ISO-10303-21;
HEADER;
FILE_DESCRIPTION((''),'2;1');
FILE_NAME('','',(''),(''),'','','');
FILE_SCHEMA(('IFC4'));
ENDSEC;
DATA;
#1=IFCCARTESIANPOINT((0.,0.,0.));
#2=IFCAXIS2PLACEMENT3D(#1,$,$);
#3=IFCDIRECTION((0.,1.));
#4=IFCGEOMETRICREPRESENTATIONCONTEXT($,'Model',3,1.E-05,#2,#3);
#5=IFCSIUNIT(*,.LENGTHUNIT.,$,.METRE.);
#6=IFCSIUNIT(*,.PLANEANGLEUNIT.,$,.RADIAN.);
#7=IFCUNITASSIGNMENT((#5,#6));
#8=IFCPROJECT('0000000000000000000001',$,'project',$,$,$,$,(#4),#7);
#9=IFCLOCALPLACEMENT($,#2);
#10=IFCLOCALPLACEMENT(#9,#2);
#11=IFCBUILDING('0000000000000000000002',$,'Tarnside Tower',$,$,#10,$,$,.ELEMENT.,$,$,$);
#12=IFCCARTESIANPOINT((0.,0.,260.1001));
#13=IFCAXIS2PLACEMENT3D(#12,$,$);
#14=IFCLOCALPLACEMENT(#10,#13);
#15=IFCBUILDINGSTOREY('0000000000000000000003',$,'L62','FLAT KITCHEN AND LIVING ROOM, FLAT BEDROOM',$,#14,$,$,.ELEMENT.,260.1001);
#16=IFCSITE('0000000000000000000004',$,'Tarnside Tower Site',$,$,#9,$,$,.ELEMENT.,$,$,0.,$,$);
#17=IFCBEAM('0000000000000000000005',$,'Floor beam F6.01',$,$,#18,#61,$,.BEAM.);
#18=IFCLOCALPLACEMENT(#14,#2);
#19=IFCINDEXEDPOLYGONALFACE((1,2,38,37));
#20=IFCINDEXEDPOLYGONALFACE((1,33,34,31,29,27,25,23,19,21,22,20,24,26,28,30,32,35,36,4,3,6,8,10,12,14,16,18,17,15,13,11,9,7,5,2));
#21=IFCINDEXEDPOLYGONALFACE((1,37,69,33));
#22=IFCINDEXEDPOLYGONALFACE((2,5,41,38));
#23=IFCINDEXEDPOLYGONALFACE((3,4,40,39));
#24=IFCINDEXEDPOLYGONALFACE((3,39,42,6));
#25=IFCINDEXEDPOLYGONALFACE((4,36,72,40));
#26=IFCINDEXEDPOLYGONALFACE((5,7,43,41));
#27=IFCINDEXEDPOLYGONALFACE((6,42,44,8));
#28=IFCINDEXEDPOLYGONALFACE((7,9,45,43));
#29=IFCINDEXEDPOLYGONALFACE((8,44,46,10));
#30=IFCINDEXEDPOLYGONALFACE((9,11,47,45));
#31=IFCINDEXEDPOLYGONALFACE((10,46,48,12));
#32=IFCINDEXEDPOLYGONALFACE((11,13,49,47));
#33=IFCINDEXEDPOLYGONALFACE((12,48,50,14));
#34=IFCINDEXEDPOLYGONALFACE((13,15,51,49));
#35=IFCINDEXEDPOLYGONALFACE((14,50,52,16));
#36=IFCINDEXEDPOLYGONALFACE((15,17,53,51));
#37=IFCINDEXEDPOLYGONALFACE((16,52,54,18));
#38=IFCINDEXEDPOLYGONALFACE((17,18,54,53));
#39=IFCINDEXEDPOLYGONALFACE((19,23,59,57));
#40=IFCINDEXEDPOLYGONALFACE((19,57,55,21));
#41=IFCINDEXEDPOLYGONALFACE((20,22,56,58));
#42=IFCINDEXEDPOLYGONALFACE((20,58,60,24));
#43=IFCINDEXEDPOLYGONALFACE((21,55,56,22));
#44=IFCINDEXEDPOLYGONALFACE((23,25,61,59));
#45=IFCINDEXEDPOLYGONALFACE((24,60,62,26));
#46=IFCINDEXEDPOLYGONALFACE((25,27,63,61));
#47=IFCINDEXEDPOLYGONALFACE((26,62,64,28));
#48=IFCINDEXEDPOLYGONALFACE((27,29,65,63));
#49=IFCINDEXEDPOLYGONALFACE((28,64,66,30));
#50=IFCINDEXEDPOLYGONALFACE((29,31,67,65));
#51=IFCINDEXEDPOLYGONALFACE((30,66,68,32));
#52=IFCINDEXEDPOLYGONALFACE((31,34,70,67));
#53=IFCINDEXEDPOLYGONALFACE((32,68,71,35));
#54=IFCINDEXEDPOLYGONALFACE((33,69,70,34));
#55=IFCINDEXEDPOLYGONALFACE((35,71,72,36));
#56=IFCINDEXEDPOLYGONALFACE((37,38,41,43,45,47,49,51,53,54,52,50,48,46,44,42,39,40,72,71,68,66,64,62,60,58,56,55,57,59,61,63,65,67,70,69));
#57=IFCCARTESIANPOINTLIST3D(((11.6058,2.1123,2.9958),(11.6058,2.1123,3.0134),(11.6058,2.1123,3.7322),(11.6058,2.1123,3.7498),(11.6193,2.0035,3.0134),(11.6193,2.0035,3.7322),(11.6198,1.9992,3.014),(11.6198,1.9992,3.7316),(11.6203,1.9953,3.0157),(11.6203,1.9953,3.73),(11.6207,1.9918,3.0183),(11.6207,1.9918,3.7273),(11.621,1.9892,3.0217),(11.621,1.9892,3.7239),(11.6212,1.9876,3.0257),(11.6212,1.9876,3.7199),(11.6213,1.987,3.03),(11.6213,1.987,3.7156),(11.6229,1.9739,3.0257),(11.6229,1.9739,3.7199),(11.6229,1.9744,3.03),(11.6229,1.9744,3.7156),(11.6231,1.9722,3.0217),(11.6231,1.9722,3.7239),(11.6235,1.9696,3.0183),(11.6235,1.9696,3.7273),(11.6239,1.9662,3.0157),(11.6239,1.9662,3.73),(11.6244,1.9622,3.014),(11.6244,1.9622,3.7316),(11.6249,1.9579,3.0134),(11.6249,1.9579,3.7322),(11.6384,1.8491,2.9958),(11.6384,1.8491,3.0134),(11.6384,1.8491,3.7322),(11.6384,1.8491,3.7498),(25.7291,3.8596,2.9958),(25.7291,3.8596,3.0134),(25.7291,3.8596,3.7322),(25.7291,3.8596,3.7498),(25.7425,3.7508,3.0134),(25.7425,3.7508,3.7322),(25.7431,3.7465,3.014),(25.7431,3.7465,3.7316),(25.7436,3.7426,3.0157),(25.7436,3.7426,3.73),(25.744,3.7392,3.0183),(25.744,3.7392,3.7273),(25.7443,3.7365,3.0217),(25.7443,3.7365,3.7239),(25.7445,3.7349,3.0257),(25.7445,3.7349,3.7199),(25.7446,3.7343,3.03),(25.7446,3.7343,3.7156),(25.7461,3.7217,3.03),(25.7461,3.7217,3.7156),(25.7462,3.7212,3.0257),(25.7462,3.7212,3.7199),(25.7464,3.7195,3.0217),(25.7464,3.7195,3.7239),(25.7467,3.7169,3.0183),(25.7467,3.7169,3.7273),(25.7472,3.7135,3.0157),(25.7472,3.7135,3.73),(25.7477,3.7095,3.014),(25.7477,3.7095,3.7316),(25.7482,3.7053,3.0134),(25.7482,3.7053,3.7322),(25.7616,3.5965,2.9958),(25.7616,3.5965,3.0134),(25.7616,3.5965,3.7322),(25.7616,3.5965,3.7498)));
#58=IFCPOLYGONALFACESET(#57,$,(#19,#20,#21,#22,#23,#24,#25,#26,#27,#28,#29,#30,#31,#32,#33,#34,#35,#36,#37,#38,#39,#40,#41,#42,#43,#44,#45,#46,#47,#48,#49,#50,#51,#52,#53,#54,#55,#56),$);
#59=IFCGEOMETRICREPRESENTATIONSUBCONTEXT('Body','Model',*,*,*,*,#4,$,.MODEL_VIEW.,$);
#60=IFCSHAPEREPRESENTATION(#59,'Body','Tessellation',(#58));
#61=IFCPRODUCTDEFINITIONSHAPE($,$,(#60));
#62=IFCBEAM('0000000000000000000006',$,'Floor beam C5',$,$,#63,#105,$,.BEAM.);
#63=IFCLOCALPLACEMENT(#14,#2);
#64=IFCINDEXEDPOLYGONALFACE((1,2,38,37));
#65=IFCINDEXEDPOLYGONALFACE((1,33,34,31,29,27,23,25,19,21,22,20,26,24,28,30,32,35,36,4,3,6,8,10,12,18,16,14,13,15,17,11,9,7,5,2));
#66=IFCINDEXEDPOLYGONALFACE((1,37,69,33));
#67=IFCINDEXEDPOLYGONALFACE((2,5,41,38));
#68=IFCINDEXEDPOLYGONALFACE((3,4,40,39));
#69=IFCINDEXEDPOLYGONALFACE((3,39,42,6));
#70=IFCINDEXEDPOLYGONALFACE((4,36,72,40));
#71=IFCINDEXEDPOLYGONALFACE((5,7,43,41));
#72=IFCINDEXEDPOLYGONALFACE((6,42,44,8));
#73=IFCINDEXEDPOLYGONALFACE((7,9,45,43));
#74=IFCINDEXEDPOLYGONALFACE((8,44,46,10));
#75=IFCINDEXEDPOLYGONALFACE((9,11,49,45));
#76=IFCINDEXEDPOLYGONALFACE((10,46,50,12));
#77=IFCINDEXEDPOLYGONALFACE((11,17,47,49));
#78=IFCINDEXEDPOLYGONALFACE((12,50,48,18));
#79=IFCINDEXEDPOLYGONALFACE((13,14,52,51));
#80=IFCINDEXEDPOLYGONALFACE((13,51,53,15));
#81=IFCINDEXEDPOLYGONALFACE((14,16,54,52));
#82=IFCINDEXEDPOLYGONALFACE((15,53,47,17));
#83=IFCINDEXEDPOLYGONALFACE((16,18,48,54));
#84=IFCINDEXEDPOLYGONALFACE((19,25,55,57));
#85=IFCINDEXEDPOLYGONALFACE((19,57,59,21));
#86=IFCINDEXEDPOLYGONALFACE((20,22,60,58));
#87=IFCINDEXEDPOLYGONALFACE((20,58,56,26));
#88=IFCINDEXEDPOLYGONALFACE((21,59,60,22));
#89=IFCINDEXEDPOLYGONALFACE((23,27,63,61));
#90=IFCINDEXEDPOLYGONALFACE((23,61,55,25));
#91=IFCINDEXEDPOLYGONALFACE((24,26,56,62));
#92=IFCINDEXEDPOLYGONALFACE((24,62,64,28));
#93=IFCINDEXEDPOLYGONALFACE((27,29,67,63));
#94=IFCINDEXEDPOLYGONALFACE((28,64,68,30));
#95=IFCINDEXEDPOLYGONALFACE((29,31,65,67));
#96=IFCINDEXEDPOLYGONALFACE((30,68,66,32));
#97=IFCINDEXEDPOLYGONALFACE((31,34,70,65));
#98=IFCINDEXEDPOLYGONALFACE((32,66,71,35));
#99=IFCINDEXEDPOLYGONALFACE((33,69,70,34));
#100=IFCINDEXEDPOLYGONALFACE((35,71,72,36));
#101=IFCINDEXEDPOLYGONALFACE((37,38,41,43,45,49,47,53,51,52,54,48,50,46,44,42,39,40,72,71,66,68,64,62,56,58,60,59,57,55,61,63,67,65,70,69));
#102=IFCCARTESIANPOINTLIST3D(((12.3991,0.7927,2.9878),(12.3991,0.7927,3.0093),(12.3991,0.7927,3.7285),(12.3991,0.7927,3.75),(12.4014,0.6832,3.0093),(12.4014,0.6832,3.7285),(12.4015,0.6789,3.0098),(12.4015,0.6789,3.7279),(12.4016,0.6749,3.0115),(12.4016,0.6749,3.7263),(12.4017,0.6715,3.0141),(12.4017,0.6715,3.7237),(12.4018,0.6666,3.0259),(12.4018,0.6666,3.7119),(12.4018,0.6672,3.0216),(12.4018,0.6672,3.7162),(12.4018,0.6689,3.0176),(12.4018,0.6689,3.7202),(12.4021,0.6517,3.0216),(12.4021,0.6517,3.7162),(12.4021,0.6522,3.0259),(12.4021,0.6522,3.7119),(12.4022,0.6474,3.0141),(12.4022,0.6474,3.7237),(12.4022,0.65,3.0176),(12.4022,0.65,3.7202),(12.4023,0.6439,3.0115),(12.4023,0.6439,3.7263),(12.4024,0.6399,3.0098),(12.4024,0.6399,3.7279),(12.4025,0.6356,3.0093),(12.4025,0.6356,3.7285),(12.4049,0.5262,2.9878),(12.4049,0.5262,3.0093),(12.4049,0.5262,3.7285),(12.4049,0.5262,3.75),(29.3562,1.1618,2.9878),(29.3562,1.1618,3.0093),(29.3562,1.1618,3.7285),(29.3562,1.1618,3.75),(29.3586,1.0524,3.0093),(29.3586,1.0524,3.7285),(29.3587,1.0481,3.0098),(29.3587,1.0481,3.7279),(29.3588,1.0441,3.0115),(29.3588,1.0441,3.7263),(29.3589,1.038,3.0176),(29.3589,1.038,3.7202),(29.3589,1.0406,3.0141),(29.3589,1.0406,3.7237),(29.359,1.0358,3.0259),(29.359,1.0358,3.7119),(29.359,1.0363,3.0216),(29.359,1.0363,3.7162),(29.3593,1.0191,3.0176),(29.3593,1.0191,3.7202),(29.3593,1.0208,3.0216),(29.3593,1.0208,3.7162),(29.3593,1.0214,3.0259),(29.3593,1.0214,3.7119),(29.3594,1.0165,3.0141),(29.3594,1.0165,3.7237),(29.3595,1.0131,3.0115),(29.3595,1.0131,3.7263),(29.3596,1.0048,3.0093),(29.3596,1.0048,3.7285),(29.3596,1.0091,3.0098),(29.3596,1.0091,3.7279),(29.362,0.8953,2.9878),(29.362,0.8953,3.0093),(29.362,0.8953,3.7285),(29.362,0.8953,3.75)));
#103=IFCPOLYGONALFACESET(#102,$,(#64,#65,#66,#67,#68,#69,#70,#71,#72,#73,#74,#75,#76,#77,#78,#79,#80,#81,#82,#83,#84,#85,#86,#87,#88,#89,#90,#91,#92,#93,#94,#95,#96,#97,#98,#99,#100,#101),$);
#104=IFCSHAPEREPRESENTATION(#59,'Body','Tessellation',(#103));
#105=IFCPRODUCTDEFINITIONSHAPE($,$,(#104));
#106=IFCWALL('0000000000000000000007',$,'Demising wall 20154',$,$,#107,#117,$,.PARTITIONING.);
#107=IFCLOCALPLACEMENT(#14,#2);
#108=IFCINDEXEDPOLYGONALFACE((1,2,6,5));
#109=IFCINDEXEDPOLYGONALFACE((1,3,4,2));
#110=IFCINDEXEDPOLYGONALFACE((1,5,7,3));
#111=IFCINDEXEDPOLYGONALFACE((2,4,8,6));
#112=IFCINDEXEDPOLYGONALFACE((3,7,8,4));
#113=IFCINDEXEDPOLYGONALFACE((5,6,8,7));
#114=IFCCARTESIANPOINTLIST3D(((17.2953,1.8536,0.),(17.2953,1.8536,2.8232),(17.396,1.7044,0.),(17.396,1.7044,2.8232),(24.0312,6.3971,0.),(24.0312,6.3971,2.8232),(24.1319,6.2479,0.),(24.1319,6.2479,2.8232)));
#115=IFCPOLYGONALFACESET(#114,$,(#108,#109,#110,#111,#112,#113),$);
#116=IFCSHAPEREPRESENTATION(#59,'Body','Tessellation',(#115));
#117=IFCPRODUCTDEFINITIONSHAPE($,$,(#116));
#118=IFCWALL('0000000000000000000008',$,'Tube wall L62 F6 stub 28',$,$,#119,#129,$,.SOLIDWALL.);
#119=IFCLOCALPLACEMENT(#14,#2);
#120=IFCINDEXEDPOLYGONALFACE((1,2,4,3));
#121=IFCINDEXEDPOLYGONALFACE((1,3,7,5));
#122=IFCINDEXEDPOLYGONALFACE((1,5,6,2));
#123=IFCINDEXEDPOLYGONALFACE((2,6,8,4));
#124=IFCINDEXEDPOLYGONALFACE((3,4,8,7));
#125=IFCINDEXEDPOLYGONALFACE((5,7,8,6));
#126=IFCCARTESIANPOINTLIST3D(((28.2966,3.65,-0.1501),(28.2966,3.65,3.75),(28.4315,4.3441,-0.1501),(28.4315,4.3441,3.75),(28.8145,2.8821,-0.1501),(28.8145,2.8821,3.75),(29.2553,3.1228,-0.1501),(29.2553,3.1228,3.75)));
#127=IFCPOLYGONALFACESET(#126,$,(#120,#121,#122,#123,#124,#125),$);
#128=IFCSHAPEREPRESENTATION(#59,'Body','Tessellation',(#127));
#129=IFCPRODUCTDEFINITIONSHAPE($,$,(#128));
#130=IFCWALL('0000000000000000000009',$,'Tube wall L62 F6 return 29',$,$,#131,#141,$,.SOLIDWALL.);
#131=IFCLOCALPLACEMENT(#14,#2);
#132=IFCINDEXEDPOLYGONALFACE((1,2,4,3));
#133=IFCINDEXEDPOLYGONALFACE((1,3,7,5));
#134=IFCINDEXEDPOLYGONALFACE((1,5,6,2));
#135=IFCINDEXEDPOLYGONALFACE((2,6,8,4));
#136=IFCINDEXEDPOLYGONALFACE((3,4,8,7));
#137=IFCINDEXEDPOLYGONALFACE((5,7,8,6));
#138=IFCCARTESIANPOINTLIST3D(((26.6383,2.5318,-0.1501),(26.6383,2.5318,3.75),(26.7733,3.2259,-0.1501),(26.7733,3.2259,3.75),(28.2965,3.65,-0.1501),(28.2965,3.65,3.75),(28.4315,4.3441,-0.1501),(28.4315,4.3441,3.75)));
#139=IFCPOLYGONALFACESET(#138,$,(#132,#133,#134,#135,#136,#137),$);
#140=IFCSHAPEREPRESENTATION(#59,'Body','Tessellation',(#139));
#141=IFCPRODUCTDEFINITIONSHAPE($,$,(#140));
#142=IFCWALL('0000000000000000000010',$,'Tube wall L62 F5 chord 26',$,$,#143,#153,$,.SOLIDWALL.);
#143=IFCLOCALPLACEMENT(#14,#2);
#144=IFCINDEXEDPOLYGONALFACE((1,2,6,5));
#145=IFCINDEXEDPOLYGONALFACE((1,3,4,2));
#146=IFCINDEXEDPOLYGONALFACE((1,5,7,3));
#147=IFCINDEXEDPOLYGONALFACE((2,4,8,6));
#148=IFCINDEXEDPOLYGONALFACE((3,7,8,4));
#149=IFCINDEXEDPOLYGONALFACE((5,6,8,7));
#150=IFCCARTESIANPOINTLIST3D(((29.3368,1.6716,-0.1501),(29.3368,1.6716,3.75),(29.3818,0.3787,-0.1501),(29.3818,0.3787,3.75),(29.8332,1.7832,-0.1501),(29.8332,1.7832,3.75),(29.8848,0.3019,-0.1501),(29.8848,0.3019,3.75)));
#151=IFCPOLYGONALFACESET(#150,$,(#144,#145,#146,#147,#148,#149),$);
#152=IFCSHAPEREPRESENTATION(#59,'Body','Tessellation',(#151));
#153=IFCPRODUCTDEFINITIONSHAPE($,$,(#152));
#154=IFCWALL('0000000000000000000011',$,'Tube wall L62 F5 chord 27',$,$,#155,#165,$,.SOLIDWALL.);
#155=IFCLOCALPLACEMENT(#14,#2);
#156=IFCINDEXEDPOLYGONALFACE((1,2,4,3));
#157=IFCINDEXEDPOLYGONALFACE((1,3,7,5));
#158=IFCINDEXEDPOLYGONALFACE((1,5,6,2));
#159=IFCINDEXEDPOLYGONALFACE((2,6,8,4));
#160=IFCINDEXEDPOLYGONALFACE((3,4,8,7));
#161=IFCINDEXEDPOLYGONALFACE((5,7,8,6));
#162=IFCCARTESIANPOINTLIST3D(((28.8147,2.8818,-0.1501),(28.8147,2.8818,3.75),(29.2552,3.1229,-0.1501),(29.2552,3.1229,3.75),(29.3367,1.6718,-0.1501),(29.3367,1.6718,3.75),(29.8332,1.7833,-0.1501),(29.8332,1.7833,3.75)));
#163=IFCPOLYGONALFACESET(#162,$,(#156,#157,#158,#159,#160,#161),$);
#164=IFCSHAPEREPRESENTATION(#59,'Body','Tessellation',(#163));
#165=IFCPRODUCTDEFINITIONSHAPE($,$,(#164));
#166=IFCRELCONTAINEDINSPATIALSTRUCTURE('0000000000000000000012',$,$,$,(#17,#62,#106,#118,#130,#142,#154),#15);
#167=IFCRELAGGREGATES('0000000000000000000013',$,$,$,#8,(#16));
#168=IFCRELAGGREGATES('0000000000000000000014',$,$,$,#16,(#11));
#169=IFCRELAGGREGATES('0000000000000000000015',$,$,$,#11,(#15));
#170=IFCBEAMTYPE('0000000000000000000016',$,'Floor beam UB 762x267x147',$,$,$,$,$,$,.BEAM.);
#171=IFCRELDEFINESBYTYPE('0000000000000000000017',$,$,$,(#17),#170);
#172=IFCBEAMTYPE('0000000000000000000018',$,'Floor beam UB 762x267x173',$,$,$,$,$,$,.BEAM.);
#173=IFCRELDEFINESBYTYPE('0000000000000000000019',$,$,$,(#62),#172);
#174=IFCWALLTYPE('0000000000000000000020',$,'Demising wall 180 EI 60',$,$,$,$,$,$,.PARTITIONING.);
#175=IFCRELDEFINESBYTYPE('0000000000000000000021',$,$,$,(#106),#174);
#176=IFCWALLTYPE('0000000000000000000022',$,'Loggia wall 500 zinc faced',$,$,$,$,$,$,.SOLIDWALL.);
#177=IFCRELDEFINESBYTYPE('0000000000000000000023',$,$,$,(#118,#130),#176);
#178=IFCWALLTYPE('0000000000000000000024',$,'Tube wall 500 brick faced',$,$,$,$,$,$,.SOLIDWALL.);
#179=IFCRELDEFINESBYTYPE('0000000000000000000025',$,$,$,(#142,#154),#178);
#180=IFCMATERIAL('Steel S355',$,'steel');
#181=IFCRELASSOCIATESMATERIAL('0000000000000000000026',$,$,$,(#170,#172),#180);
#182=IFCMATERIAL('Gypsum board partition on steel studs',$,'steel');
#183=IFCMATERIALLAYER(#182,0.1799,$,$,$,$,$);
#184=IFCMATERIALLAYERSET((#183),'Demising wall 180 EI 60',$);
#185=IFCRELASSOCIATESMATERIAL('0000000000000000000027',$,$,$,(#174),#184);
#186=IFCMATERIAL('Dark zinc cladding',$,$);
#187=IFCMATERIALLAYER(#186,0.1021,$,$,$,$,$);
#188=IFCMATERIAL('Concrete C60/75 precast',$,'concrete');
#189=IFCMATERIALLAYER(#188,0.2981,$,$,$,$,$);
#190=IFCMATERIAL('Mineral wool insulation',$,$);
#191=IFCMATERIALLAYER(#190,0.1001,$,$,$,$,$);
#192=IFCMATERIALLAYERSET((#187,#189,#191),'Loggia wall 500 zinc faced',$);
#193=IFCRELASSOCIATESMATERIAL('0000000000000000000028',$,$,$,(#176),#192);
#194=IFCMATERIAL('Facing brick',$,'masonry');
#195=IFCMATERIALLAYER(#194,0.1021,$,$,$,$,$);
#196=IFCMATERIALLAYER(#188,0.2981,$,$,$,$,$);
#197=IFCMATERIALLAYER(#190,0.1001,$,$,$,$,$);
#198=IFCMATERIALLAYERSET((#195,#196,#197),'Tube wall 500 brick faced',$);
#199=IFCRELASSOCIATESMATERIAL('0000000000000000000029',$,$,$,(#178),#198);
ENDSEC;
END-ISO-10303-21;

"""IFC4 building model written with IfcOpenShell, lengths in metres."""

from ifc_helpers import new_model, si_unit, direction, frame, frame_2d, origin, origin_2d, place, context, subcontext, project, spatial, polyline, rectangle, i_section, outline, extrude, material, layer, layer_set, material_profile, profile_set, type_object, element, save


model = new_model("IFC4")

# Units and contexts
model_context = context("Model", 3, precision=1e-05, world=origin(), true_north=direction((0.0, 1.0)))
body_context = subcontext(model_context, "Body", "Model", "MODEL_VIEW")
ifc_project = project(units=[si_unit("LENGTHUNIT", "METRE"), si_unit("PLANEANGLEUNIT", "RADIAN")], contexts=[model_context])

# Site, building, storey
site_placement = place(None, origin())
site = spatial("IfcSite", under=ifc_project, at=site_placement, Name="Tarnside Tower Site", CompositionType="ELEMENT", RefElevation=0.0)
building_placement = place(site_placement, origin())
building = spatial("IfcBuilding", under=site, at=building_placement, Name="Tarnside Tower", CompositionType="ELEMENT")
storey_placement = place(building_placement, frame((0.0, 0.0, 260.1001)))
storey = spatial("IfcBuildingStorey", under=building, at=storey_placement, Name="L62", Description="FLAT KITCHEN AND LIVING ROOM, FLAT BEDROOM", CompositionType="ELEMENT", Elevation=260.1001)

# Beams
ifc_material_1 = material(Name="Steel S355", Category="steel")
ifc_material_profile_1 = material_profile(ifc_material_1, i_section(OverallWidth=0.2651, OverallDepth=0.7539, WebThickness=0.0127, FlangeThickness=0.0176, FilletRadius=0.0166, at=origin_2d()), Name="UB 762x267x147")
ifc_profile_set_1 = profile_set([ifc_material_profile_1], Name="Steel S355")
beam_type_1 = type_object("IfcBeamType", Name="Floor beam UB 762x267x147", PredefinedType="BEAM", material=ifc_profile_set_1)
beam_1_placement = place(storey_placement, frame((25.7454, 3.728, 3.3728), z_axis=(-0.992434, -0.122783, 0.0), x_axis=(0.122783, -0.992434, 0.0)))
element("IfcBeam", 1, at=beam_1_placement, inside=storey, type_object=beam_type_1, Name="Floor beam F6.01", PredefinedType="BEAM", context=body_context, shape_type="SweptSolid", body=[
    extrude(i_section(OverallWidth=0.2651, OverallDepth=0.7539, WebThickness=0.0127, FlangeThickness=0.0176, FilletRadius=0.0166, at=origin_2d()), origin(), (0.0, 0.0, 1.0), 14.231),
])
ifc_material_profile_2 = material_profile(ifc_material_1, i_section(OverallWidth=0.2666, OverallDepth=0.7622, WebThickness=0.0144, FlangeThickness=0.0215, FilletRadius=0.0166, at=origin_2d()), Name="UB 762x267x173")
ifc_profile_set_2 = profile_set([ifc_material_profile_2], Name="Steel S355")
beam_type_2 = type_object("IfcBeamType", Name="Floor beam UB 762x267x173", PredefinedType="BEAM", material=ifc_profile_set_2)
beam_2_placement = place(storey_placement, frame((29.3591, 1.0286, 3.3689), z_axis=(-0.999763, -0.021764, 0.0), x_axis=(0.021764, -0.999763, 0.0)))
element("IfcBeam", 2, at=beam_2_placement, inside=storey, type_object=beam_type_2, Name="Floor beam C5", PredefinedType="BEAM", context=body_context, shape_type="SweptSolid", body=[
    extrude(i_section(OverallWidth=0.2666, OverallDepth=0.7622, WebThickness=0.0144, FlangeThickness=0.0215, FilletRadius=0.0166, at=origin_2d()), origin(), (0.0, 0.0, 1.0), 16.9612),
])

# Walls
ifc_material_2 = material(Name="Gypsum board partition on steel studs", Category="steel")
ifc_layer_1 = layer(ifc_material_2, 0.1799)
ifc_layer_set_1 = layer_set([ifc_layer_1], Name="Demising wall 180 EI 60")
wall_type_1 = type_object("IfcWallType", Name="Demising wall 180 EI 60", PredefinedType="PARTITIONING", material=ifc_layer_set_1)
wall_1_placement = place(storey_placement, frame((24.0815, 6.3225, 0.0), z_axis=(0.0, 0.0, 1.0), x_axis=(-0.829033, -0.559199, 0.0)))
element("IfcWall", 3, at=wall_1_placement, inside=storey, type_object=wall_type_1, Name="Demising wall 20154", PredefinedType="PARTITIONING", context=body_context, shape_type="SweptSolid", body=[
    extrude(rectangle(XDim=8.125, YDim=0.1799, at=frame_2d((4.0625, 0.0))), origin(), (0.0, 0.0, 1.0), 2.8232),
])
ifc_material_3 = material(Name="Dark zinc cladding")
ifc_layer_2 = layer(ifc_material_3, 0.1021)
ifc_material_4 = material(Name="Concrete C60/75 precast", Category="concrete")
ifc_layer_3 = layer(ifc_material_4, 0.2981)
ifc_material_5 = material(Name="Mineral wool insulation")
ifc_layer_4 = layer(ifc_material_5, 0.1001)
ifc_layer_set_2 = layer_set([ifc_layer_2, ifc_layer_3, ifc_layer_4], Name="Loggia wall 500 zinc faced")
wall_type_2 = type_object("IfcWallType", Name="Loggia wall 500 zinc faced", PredefinedType="SOLIDWALL", material=ifc_layer_set_2)
wall_2_placement = place(storey_placement, frame((29.0349, 3.0024, -0.1501), z_axis=(0.0, 0.0, 1.0), x_axis=(-0.5592, 0.829033, 0.0)))
element("IfcWall", 4, at=wall_2_placement, inside=storey, type_object=wall_type_2, Name="Tube wall L62 F6 stub 28", PredefinedType="SOLIDWALL", context=body_context, shape_type="SweptSolid", body=[
    extrude(outline(polyline([(-0.0234, -0.25), (1.4497, -0.25), (0.9497, 0.25), (0.0234, 0.25), (-0.0234, -0.25)])), origin(), (0.0, 0.0, 1.0), 3.9001),
])
wall_3_placement = place(storey_placement, frame((28.364, 3.9971, -0.1501), z_axis=(0.0, 0.0, 1.0), x_axis=(-0.829109, -0.559087, 0.0)))
element("IfcWall", 5, at=wall_3_placement, inside=storey, type_object=wall_type_2, Name="Tube wall L62 F6 return 29", PredefinedType="SOLIDWALL", context=body_context, shape_type="SweptSolid", body=[
    extrude(outline(polyline([(-0.25, -0.25), (1.75, -0.25), (2.25, 0.25), (0.25, 0.25), (-0.25, -0.25)])), origin(), (0.0, 0.0, 1.0), 3.9001),
])

# Walls
ifc_material_6 = material(Name="Facing brick", Category="masonry")
ifc_layer_5 = layer(ifc_material_6, 0.1021)
ifc_layer_6 = layer(ifc_material_4, 0.2981)
ifc_layer_7 = layer(ifc_material_5, 0.1001)
ifc_layer_set_3 = layer_set([ifc_layer_5, ifc_layer_6, ifc_layer_7], Name="Tube wall 500 brick faced")
wall_type_3 = type_object("IfcWallType", Name="Tube wall 500 brick faced", PredefinedType="SOLIDWALL", material=ifc_layer_set_3)
wall_4_placement = place(storey_placement, frame((29.6333, 0.3403, -0.1501), z_axis=(0.0, 0.0, 1.0), x_axis=(-0.034826, 0.999393, 0.0)))
element("IfcWall", 6, at=wall_4_placement, inside=storey, type_object=wall_type_3, Name="Tube wall L62 F5 chord 26", PredefinedType="SOLIDWALL", context=body_context, shape_type="SweptSolid", body=[
    extrude(outline(polyline([(-0.0471, -0.25), (1.4351, -0.25), (1.3408, 0.25), (0.0471, 0.25), (-0.0471, -0.25)])), origin(), (0.0, 0.0, 1.0), 3.9001),
])
wall_5_placement = place(storey_placement, frame((29.585, 1.7275, -0.1501), z_axis=(0.0, 0.0, 1.0), x_axis=(-0.396146, 0.918187, 0.0)))
element("IfcWall", 7, at=wall_5_placement, inside=storey, type_object=wall_type_3, Name="Tube wall L62 F5 chord 27", PredefinedType="SOLIDWALL", context=body_context, shape_type="SweptSolid", body=[
    extrude(outline(polyline([(-0.0471, -0.25), (1.4119, -0.25), (1.365, 0.25), (0.0471, 0.25), (-0.0471, -0.25)])), origin(), (0.0, 0.0, 1.0), 3.9001),
])

save(model, "model.ifc")
